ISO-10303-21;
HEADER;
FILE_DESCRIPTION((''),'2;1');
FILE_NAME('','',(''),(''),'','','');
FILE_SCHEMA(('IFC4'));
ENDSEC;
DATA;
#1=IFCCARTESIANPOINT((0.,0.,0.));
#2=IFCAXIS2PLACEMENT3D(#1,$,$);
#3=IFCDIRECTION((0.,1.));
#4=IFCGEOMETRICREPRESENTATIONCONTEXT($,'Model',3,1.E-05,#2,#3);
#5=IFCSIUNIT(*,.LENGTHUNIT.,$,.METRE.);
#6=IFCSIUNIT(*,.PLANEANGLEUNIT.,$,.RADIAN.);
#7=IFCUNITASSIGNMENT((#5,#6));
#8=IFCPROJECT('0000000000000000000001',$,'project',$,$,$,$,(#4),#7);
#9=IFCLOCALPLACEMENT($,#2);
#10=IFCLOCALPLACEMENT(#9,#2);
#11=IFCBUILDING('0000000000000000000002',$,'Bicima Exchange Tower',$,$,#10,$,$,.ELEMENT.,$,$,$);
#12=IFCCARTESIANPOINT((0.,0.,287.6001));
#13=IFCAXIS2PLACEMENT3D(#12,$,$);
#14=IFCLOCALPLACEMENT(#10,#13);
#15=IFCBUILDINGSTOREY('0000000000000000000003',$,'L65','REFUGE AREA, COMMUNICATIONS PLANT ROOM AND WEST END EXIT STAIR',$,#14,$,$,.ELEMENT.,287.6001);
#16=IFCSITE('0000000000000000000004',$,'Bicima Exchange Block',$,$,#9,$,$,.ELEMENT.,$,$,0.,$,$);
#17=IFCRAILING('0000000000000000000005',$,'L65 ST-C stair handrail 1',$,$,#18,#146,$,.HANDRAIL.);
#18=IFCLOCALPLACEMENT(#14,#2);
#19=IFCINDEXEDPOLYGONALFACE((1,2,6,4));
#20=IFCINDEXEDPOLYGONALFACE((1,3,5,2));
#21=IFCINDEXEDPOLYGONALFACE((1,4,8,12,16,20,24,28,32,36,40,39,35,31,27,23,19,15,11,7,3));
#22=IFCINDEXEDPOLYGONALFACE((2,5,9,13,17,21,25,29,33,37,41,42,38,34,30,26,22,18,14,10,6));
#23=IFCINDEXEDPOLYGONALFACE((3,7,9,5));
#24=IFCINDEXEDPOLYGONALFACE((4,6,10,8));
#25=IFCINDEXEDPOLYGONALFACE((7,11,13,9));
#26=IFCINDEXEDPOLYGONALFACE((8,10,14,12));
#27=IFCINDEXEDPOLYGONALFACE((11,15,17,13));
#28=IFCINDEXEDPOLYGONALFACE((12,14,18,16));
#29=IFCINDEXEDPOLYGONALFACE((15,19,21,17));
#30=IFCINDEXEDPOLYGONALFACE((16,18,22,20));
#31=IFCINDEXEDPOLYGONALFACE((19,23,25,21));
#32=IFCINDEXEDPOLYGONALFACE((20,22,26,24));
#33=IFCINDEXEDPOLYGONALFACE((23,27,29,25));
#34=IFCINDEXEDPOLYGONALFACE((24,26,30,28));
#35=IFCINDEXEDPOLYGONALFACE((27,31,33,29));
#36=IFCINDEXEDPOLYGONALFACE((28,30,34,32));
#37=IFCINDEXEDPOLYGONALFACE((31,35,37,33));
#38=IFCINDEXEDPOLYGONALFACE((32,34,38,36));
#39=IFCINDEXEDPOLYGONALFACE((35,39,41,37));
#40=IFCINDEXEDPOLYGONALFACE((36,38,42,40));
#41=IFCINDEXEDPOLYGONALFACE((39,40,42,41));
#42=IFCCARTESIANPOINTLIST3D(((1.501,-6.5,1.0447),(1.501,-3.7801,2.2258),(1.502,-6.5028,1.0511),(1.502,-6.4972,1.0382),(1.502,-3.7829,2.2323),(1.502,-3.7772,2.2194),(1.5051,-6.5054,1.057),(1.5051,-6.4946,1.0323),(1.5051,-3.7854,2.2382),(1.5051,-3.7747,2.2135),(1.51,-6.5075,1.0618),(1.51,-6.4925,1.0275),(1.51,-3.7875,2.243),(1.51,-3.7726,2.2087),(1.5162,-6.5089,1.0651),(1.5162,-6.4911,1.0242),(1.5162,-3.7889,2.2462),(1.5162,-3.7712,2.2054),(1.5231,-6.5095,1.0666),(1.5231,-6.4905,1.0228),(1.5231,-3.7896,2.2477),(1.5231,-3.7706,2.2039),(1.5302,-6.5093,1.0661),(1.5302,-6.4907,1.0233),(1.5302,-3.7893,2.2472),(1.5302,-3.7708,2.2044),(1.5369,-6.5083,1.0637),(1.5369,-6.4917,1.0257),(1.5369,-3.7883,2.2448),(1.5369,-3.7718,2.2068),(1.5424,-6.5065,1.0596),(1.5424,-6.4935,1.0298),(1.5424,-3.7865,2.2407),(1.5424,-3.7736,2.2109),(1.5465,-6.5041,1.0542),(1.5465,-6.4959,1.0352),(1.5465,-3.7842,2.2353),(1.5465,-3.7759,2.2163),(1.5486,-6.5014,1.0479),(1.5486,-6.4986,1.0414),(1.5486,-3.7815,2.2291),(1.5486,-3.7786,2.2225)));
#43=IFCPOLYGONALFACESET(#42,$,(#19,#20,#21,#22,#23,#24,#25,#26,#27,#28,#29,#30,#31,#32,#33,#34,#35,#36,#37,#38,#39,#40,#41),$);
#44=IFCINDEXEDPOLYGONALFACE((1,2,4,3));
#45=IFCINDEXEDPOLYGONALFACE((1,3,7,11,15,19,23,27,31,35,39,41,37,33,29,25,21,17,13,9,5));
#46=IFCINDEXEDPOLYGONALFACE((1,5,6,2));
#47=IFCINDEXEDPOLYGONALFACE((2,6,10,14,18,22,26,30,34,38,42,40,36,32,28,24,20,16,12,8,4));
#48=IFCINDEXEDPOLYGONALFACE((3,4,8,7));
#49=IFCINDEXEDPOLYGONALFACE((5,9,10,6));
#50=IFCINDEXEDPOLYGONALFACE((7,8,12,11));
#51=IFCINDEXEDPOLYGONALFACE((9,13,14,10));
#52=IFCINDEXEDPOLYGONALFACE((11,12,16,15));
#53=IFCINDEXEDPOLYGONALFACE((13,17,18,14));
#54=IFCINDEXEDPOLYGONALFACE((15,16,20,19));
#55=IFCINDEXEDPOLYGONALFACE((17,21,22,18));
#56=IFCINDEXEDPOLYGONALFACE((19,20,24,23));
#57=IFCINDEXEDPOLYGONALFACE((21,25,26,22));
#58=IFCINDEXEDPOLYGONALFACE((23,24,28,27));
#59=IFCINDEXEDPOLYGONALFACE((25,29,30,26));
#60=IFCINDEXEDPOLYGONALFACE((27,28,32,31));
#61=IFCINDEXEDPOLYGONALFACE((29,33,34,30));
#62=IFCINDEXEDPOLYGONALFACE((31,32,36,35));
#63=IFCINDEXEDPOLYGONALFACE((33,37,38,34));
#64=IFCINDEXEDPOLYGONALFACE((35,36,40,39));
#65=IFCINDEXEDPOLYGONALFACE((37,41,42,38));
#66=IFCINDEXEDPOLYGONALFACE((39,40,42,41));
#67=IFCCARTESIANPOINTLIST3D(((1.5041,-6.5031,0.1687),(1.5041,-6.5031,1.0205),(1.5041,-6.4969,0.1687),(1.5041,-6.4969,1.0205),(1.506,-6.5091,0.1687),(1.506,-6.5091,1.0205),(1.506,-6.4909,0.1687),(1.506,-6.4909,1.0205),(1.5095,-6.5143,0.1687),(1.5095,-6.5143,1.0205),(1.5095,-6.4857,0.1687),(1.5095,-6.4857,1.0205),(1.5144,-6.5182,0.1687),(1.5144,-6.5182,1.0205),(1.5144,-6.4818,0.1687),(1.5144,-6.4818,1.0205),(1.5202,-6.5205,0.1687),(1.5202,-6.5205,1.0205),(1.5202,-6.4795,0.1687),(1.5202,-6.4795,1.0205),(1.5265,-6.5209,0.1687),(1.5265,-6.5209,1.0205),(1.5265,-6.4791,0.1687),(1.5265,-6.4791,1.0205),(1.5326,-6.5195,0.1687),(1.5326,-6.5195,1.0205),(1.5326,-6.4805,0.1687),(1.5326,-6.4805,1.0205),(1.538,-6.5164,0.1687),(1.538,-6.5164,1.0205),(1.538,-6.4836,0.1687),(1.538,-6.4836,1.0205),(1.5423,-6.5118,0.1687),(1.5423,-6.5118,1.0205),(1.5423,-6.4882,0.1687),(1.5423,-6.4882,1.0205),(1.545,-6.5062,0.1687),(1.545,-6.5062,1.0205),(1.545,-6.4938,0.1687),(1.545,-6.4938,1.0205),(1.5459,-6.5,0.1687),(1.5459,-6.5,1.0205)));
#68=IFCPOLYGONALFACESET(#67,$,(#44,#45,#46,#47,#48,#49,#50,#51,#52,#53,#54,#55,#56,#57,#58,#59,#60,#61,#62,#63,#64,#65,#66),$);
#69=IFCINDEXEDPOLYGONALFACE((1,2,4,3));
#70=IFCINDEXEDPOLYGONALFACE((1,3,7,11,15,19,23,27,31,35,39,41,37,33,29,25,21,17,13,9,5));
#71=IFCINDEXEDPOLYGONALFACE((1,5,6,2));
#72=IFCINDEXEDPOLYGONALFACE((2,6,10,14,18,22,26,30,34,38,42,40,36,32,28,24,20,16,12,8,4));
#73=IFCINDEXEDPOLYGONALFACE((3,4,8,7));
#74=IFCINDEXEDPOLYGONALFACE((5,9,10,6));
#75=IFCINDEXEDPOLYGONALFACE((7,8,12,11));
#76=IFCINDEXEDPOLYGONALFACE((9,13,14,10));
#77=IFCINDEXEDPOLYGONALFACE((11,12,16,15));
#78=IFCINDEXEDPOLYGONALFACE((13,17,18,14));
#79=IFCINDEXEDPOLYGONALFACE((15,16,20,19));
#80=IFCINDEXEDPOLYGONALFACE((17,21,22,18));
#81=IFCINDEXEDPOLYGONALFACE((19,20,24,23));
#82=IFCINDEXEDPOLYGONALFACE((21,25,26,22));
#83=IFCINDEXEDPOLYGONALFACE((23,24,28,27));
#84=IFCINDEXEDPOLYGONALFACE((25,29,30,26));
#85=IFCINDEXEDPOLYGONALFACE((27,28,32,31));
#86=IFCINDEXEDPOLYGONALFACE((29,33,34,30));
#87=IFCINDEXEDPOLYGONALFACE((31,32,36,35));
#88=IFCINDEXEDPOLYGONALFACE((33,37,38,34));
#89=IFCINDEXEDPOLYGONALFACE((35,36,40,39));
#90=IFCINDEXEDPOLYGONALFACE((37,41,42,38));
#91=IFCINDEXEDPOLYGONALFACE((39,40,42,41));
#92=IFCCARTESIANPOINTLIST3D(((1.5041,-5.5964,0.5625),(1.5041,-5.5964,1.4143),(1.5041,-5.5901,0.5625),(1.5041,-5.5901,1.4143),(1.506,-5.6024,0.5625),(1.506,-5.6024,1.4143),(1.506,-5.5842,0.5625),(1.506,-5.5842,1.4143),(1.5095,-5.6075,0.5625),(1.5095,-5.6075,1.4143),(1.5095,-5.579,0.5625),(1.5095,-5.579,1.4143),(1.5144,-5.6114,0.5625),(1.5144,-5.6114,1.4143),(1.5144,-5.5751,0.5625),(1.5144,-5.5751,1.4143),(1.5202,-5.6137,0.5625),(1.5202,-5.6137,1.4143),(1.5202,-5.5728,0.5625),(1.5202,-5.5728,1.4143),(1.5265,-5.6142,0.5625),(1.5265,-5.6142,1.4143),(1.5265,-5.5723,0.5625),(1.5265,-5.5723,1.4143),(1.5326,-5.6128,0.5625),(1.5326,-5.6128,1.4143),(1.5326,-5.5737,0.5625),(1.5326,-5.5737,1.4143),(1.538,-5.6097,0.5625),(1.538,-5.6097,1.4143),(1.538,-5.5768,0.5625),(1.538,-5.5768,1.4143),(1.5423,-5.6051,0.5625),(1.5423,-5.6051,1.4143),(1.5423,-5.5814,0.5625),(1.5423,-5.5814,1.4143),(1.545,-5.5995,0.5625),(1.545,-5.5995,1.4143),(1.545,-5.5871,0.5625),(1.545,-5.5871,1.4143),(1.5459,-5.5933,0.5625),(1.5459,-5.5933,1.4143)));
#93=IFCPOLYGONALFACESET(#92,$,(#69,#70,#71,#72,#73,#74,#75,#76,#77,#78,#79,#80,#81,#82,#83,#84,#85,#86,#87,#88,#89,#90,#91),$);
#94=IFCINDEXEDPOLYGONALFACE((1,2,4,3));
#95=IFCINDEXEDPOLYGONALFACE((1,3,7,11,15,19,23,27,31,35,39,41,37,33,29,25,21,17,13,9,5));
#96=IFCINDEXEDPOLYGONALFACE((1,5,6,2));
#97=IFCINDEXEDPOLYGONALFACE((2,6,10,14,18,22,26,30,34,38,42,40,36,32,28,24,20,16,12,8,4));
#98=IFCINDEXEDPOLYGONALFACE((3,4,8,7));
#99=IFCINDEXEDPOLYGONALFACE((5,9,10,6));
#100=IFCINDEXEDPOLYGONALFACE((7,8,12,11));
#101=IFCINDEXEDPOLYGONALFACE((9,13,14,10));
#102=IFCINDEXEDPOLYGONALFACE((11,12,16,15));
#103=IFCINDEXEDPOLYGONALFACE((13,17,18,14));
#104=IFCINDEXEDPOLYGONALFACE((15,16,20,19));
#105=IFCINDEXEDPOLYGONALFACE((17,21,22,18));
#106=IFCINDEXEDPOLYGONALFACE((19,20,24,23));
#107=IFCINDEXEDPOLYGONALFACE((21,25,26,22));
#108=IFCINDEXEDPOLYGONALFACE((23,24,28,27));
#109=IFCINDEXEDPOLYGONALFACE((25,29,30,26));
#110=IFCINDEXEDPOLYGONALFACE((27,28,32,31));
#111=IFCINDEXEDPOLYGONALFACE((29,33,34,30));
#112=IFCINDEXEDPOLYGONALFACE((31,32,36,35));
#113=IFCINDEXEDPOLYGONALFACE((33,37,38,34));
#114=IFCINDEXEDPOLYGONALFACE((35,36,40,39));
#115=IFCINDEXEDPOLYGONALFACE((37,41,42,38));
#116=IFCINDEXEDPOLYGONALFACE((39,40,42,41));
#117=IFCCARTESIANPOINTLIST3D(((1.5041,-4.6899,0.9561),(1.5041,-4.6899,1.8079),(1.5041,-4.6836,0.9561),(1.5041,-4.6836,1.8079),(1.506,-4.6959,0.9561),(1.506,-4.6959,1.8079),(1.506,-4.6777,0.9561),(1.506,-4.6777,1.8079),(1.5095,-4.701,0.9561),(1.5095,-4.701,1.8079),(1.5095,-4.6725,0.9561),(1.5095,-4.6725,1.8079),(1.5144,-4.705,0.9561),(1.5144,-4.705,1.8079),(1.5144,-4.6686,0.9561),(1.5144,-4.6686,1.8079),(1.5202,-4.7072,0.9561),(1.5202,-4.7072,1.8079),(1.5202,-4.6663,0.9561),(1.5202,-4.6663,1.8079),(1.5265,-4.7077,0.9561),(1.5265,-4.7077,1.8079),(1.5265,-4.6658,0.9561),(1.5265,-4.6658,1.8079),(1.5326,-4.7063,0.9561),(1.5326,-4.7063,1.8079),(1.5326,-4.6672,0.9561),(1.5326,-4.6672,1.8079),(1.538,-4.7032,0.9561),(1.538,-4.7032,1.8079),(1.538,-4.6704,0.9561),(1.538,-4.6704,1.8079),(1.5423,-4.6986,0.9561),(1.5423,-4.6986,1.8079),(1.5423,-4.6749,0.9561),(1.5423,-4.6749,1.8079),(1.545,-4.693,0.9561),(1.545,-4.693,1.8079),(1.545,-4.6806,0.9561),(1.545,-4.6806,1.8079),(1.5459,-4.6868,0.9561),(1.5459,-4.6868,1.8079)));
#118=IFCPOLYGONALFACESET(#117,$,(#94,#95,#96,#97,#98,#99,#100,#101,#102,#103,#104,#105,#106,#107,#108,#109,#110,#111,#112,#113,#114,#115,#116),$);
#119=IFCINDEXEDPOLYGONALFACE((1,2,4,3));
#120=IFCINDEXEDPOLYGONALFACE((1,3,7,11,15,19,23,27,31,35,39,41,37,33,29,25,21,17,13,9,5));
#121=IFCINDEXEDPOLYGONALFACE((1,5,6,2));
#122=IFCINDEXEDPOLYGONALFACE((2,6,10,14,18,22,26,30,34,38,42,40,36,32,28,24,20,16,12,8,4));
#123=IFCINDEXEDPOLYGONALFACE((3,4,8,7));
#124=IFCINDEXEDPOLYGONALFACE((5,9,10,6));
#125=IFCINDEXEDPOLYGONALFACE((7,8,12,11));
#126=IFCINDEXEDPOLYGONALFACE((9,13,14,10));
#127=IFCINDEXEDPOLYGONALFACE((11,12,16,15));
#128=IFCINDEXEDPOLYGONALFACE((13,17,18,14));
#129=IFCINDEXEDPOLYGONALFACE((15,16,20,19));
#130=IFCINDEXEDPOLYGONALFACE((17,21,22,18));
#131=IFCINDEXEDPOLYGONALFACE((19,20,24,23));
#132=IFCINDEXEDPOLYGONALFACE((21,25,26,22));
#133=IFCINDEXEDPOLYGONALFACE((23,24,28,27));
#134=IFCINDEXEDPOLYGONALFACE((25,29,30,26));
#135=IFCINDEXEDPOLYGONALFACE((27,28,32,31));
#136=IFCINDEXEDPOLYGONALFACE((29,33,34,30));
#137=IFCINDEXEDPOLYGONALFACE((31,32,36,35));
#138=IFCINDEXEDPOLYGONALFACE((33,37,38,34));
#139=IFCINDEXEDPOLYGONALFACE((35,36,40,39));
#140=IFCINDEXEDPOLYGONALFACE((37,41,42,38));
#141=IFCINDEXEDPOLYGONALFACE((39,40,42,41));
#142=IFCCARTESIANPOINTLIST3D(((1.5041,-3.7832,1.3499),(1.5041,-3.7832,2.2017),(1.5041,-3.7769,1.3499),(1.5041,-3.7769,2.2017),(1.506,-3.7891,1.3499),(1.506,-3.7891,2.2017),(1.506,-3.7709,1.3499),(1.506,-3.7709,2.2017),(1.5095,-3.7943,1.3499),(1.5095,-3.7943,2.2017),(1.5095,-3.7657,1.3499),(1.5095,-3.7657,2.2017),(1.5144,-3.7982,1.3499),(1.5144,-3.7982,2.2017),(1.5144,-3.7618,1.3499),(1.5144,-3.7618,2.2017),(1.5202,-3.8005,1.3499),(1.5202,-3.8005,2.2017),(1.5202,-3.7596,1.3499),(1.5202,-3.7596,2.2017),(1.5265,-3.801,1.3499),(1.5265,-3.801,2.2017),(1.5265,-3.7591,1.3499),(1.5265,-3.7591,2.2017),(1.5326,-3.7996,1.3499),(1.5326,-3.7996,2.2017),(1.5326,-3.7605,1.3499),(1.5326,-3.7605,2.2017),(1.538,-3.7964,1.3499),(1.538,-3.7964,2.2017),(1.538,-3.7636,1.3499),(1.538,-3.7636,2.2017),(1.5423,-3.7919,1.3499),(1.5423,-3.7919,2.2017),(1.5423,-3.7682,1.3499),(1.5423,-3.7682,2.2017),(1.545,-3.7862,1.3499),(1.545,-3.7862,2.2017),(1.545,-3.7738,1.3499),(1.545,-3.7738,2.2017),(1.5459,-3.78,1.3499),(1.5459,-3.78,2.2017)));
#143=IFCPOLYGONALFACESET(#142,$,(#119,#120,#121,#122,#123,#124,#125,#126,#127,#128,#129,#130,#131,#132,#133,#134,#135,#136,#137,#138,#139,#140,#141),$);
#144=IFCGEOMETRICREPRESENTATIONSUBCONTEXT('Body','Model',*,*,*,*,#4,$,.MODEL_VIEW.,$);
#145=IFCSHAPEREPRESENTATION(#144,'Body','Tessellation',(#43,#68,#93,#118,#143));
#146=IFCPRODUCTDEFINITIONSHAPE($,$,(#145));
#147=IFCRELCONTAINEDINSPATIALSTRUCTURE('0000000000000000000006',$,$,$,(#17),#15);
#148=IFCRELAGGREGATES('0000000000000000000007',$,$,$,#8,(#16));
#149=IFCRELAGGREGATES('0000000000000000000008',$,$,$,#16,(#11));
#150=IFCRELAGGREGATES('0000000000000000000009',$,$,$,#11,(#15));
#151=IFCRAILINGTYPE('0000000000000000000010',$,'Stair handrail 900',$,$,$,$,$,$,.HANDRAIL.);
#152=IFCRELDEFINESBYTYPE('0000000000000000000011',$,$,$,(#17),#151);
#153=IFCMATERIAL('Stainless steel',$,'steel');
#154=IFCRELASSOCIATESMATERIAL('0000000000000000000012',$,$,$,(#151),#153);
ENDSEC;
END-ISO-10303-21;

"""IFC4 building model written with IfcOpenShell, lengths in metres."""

from ifc_helpers import new_model, si_unit, direction, frame, origin, origin_2d, place, context, subcontext, project, spatial, circle, extrude, material, type_object, element, save


model = new_model("IFC4")

# Units and contexts
model_context = context("Model", 3, precision=1e-05, world=origin(), true_north=direction((0.0, 1.0)))
body_context = subcontext(model_context, "Body", "Model", "MODEL_VIEW")
ifc_project = project(units=[si_unit("LENGTHUNIT", "METRE"), si_unit("PLANEANGLEUNIT", "RADIAN")], contexts=[model_context])

# Site, building, storey
site_placement = place(None, origin())
site = spatial("IfcSite", under=ifc_project, at=site_placement, Name="Bicima Exchange Block", CompositionType="ELEMENT", RefElevation=0.0)
building_placement = place(site_placement, origin())
building = spatial("IfcBuilding", under=site, at=building_placement, Name="Bicima Exchange Tower", CompositionType="ELEMENT")
storey_placement = place(building_placement, frame((0.0, 0.0, 287.6001)))
storey = spatial("IfcBuildingStorey", under=building, at=storey_placement, Name="L65", Description="REFUGE AREA, COMMUNICATIONS PLANT ROOM AND WEST END EXIT STAIR", CompositionType="ELEMENT", Elevation=287.6001)

# Shared definitions
ifc_material_1 = material(Name="Stainless steel", Category="steel")

# Railing
railing_type = type_object("IfcRailingType", Name="Stair handrail 900", PredefinedType="HANDRAIL", material=ifc_material_1)
for number, where, name in (
    (1, (1.5249, -6.5, 0.1687), "L65 ST-C stair handrail 1"),
):
    element("IfcRailing", number, at=place(storey_placement, frame(where)), inside=storey, type_object=railing_type, Name=name, PredefinedType="HANDRAIL", context=body_context, shape_type="SweptSolid", body=[
        extrude(circle(Radius=0.0239, at=origin_2d()), frame((0.0, 0.0, 0.876), z_axis=(0.0, 0.917248, 0.398317), x_axis=(-1.0, 0.0, 0.0)), (0.0, 0.0, 1.0), 2.9653),
        extrude(circle(Radius=0.021, at=origin_2d()), origin(), (0.0, 0.0, 1.0), 0.8518),
        extrude(circle(Radius=0.021, at=origin_2d()), frame((0.0, 0.9067, 0.3938)), (0.0, 0.0, 1.0), 0.8518),
        extrude(circle(Radius=0.021, at=origin_2d()), frame((0.0, 1.8132, 0.7874)), (0.0, 0.0, 1.0), 0.8518),
        extrude(circle(Radius=0.021, at=origin_2d()), frame((0.0, 2.72, 1.1812)), (0.0, 0.0, 1.0), 0.8518),
    ])

save(model, "model.ifc")
